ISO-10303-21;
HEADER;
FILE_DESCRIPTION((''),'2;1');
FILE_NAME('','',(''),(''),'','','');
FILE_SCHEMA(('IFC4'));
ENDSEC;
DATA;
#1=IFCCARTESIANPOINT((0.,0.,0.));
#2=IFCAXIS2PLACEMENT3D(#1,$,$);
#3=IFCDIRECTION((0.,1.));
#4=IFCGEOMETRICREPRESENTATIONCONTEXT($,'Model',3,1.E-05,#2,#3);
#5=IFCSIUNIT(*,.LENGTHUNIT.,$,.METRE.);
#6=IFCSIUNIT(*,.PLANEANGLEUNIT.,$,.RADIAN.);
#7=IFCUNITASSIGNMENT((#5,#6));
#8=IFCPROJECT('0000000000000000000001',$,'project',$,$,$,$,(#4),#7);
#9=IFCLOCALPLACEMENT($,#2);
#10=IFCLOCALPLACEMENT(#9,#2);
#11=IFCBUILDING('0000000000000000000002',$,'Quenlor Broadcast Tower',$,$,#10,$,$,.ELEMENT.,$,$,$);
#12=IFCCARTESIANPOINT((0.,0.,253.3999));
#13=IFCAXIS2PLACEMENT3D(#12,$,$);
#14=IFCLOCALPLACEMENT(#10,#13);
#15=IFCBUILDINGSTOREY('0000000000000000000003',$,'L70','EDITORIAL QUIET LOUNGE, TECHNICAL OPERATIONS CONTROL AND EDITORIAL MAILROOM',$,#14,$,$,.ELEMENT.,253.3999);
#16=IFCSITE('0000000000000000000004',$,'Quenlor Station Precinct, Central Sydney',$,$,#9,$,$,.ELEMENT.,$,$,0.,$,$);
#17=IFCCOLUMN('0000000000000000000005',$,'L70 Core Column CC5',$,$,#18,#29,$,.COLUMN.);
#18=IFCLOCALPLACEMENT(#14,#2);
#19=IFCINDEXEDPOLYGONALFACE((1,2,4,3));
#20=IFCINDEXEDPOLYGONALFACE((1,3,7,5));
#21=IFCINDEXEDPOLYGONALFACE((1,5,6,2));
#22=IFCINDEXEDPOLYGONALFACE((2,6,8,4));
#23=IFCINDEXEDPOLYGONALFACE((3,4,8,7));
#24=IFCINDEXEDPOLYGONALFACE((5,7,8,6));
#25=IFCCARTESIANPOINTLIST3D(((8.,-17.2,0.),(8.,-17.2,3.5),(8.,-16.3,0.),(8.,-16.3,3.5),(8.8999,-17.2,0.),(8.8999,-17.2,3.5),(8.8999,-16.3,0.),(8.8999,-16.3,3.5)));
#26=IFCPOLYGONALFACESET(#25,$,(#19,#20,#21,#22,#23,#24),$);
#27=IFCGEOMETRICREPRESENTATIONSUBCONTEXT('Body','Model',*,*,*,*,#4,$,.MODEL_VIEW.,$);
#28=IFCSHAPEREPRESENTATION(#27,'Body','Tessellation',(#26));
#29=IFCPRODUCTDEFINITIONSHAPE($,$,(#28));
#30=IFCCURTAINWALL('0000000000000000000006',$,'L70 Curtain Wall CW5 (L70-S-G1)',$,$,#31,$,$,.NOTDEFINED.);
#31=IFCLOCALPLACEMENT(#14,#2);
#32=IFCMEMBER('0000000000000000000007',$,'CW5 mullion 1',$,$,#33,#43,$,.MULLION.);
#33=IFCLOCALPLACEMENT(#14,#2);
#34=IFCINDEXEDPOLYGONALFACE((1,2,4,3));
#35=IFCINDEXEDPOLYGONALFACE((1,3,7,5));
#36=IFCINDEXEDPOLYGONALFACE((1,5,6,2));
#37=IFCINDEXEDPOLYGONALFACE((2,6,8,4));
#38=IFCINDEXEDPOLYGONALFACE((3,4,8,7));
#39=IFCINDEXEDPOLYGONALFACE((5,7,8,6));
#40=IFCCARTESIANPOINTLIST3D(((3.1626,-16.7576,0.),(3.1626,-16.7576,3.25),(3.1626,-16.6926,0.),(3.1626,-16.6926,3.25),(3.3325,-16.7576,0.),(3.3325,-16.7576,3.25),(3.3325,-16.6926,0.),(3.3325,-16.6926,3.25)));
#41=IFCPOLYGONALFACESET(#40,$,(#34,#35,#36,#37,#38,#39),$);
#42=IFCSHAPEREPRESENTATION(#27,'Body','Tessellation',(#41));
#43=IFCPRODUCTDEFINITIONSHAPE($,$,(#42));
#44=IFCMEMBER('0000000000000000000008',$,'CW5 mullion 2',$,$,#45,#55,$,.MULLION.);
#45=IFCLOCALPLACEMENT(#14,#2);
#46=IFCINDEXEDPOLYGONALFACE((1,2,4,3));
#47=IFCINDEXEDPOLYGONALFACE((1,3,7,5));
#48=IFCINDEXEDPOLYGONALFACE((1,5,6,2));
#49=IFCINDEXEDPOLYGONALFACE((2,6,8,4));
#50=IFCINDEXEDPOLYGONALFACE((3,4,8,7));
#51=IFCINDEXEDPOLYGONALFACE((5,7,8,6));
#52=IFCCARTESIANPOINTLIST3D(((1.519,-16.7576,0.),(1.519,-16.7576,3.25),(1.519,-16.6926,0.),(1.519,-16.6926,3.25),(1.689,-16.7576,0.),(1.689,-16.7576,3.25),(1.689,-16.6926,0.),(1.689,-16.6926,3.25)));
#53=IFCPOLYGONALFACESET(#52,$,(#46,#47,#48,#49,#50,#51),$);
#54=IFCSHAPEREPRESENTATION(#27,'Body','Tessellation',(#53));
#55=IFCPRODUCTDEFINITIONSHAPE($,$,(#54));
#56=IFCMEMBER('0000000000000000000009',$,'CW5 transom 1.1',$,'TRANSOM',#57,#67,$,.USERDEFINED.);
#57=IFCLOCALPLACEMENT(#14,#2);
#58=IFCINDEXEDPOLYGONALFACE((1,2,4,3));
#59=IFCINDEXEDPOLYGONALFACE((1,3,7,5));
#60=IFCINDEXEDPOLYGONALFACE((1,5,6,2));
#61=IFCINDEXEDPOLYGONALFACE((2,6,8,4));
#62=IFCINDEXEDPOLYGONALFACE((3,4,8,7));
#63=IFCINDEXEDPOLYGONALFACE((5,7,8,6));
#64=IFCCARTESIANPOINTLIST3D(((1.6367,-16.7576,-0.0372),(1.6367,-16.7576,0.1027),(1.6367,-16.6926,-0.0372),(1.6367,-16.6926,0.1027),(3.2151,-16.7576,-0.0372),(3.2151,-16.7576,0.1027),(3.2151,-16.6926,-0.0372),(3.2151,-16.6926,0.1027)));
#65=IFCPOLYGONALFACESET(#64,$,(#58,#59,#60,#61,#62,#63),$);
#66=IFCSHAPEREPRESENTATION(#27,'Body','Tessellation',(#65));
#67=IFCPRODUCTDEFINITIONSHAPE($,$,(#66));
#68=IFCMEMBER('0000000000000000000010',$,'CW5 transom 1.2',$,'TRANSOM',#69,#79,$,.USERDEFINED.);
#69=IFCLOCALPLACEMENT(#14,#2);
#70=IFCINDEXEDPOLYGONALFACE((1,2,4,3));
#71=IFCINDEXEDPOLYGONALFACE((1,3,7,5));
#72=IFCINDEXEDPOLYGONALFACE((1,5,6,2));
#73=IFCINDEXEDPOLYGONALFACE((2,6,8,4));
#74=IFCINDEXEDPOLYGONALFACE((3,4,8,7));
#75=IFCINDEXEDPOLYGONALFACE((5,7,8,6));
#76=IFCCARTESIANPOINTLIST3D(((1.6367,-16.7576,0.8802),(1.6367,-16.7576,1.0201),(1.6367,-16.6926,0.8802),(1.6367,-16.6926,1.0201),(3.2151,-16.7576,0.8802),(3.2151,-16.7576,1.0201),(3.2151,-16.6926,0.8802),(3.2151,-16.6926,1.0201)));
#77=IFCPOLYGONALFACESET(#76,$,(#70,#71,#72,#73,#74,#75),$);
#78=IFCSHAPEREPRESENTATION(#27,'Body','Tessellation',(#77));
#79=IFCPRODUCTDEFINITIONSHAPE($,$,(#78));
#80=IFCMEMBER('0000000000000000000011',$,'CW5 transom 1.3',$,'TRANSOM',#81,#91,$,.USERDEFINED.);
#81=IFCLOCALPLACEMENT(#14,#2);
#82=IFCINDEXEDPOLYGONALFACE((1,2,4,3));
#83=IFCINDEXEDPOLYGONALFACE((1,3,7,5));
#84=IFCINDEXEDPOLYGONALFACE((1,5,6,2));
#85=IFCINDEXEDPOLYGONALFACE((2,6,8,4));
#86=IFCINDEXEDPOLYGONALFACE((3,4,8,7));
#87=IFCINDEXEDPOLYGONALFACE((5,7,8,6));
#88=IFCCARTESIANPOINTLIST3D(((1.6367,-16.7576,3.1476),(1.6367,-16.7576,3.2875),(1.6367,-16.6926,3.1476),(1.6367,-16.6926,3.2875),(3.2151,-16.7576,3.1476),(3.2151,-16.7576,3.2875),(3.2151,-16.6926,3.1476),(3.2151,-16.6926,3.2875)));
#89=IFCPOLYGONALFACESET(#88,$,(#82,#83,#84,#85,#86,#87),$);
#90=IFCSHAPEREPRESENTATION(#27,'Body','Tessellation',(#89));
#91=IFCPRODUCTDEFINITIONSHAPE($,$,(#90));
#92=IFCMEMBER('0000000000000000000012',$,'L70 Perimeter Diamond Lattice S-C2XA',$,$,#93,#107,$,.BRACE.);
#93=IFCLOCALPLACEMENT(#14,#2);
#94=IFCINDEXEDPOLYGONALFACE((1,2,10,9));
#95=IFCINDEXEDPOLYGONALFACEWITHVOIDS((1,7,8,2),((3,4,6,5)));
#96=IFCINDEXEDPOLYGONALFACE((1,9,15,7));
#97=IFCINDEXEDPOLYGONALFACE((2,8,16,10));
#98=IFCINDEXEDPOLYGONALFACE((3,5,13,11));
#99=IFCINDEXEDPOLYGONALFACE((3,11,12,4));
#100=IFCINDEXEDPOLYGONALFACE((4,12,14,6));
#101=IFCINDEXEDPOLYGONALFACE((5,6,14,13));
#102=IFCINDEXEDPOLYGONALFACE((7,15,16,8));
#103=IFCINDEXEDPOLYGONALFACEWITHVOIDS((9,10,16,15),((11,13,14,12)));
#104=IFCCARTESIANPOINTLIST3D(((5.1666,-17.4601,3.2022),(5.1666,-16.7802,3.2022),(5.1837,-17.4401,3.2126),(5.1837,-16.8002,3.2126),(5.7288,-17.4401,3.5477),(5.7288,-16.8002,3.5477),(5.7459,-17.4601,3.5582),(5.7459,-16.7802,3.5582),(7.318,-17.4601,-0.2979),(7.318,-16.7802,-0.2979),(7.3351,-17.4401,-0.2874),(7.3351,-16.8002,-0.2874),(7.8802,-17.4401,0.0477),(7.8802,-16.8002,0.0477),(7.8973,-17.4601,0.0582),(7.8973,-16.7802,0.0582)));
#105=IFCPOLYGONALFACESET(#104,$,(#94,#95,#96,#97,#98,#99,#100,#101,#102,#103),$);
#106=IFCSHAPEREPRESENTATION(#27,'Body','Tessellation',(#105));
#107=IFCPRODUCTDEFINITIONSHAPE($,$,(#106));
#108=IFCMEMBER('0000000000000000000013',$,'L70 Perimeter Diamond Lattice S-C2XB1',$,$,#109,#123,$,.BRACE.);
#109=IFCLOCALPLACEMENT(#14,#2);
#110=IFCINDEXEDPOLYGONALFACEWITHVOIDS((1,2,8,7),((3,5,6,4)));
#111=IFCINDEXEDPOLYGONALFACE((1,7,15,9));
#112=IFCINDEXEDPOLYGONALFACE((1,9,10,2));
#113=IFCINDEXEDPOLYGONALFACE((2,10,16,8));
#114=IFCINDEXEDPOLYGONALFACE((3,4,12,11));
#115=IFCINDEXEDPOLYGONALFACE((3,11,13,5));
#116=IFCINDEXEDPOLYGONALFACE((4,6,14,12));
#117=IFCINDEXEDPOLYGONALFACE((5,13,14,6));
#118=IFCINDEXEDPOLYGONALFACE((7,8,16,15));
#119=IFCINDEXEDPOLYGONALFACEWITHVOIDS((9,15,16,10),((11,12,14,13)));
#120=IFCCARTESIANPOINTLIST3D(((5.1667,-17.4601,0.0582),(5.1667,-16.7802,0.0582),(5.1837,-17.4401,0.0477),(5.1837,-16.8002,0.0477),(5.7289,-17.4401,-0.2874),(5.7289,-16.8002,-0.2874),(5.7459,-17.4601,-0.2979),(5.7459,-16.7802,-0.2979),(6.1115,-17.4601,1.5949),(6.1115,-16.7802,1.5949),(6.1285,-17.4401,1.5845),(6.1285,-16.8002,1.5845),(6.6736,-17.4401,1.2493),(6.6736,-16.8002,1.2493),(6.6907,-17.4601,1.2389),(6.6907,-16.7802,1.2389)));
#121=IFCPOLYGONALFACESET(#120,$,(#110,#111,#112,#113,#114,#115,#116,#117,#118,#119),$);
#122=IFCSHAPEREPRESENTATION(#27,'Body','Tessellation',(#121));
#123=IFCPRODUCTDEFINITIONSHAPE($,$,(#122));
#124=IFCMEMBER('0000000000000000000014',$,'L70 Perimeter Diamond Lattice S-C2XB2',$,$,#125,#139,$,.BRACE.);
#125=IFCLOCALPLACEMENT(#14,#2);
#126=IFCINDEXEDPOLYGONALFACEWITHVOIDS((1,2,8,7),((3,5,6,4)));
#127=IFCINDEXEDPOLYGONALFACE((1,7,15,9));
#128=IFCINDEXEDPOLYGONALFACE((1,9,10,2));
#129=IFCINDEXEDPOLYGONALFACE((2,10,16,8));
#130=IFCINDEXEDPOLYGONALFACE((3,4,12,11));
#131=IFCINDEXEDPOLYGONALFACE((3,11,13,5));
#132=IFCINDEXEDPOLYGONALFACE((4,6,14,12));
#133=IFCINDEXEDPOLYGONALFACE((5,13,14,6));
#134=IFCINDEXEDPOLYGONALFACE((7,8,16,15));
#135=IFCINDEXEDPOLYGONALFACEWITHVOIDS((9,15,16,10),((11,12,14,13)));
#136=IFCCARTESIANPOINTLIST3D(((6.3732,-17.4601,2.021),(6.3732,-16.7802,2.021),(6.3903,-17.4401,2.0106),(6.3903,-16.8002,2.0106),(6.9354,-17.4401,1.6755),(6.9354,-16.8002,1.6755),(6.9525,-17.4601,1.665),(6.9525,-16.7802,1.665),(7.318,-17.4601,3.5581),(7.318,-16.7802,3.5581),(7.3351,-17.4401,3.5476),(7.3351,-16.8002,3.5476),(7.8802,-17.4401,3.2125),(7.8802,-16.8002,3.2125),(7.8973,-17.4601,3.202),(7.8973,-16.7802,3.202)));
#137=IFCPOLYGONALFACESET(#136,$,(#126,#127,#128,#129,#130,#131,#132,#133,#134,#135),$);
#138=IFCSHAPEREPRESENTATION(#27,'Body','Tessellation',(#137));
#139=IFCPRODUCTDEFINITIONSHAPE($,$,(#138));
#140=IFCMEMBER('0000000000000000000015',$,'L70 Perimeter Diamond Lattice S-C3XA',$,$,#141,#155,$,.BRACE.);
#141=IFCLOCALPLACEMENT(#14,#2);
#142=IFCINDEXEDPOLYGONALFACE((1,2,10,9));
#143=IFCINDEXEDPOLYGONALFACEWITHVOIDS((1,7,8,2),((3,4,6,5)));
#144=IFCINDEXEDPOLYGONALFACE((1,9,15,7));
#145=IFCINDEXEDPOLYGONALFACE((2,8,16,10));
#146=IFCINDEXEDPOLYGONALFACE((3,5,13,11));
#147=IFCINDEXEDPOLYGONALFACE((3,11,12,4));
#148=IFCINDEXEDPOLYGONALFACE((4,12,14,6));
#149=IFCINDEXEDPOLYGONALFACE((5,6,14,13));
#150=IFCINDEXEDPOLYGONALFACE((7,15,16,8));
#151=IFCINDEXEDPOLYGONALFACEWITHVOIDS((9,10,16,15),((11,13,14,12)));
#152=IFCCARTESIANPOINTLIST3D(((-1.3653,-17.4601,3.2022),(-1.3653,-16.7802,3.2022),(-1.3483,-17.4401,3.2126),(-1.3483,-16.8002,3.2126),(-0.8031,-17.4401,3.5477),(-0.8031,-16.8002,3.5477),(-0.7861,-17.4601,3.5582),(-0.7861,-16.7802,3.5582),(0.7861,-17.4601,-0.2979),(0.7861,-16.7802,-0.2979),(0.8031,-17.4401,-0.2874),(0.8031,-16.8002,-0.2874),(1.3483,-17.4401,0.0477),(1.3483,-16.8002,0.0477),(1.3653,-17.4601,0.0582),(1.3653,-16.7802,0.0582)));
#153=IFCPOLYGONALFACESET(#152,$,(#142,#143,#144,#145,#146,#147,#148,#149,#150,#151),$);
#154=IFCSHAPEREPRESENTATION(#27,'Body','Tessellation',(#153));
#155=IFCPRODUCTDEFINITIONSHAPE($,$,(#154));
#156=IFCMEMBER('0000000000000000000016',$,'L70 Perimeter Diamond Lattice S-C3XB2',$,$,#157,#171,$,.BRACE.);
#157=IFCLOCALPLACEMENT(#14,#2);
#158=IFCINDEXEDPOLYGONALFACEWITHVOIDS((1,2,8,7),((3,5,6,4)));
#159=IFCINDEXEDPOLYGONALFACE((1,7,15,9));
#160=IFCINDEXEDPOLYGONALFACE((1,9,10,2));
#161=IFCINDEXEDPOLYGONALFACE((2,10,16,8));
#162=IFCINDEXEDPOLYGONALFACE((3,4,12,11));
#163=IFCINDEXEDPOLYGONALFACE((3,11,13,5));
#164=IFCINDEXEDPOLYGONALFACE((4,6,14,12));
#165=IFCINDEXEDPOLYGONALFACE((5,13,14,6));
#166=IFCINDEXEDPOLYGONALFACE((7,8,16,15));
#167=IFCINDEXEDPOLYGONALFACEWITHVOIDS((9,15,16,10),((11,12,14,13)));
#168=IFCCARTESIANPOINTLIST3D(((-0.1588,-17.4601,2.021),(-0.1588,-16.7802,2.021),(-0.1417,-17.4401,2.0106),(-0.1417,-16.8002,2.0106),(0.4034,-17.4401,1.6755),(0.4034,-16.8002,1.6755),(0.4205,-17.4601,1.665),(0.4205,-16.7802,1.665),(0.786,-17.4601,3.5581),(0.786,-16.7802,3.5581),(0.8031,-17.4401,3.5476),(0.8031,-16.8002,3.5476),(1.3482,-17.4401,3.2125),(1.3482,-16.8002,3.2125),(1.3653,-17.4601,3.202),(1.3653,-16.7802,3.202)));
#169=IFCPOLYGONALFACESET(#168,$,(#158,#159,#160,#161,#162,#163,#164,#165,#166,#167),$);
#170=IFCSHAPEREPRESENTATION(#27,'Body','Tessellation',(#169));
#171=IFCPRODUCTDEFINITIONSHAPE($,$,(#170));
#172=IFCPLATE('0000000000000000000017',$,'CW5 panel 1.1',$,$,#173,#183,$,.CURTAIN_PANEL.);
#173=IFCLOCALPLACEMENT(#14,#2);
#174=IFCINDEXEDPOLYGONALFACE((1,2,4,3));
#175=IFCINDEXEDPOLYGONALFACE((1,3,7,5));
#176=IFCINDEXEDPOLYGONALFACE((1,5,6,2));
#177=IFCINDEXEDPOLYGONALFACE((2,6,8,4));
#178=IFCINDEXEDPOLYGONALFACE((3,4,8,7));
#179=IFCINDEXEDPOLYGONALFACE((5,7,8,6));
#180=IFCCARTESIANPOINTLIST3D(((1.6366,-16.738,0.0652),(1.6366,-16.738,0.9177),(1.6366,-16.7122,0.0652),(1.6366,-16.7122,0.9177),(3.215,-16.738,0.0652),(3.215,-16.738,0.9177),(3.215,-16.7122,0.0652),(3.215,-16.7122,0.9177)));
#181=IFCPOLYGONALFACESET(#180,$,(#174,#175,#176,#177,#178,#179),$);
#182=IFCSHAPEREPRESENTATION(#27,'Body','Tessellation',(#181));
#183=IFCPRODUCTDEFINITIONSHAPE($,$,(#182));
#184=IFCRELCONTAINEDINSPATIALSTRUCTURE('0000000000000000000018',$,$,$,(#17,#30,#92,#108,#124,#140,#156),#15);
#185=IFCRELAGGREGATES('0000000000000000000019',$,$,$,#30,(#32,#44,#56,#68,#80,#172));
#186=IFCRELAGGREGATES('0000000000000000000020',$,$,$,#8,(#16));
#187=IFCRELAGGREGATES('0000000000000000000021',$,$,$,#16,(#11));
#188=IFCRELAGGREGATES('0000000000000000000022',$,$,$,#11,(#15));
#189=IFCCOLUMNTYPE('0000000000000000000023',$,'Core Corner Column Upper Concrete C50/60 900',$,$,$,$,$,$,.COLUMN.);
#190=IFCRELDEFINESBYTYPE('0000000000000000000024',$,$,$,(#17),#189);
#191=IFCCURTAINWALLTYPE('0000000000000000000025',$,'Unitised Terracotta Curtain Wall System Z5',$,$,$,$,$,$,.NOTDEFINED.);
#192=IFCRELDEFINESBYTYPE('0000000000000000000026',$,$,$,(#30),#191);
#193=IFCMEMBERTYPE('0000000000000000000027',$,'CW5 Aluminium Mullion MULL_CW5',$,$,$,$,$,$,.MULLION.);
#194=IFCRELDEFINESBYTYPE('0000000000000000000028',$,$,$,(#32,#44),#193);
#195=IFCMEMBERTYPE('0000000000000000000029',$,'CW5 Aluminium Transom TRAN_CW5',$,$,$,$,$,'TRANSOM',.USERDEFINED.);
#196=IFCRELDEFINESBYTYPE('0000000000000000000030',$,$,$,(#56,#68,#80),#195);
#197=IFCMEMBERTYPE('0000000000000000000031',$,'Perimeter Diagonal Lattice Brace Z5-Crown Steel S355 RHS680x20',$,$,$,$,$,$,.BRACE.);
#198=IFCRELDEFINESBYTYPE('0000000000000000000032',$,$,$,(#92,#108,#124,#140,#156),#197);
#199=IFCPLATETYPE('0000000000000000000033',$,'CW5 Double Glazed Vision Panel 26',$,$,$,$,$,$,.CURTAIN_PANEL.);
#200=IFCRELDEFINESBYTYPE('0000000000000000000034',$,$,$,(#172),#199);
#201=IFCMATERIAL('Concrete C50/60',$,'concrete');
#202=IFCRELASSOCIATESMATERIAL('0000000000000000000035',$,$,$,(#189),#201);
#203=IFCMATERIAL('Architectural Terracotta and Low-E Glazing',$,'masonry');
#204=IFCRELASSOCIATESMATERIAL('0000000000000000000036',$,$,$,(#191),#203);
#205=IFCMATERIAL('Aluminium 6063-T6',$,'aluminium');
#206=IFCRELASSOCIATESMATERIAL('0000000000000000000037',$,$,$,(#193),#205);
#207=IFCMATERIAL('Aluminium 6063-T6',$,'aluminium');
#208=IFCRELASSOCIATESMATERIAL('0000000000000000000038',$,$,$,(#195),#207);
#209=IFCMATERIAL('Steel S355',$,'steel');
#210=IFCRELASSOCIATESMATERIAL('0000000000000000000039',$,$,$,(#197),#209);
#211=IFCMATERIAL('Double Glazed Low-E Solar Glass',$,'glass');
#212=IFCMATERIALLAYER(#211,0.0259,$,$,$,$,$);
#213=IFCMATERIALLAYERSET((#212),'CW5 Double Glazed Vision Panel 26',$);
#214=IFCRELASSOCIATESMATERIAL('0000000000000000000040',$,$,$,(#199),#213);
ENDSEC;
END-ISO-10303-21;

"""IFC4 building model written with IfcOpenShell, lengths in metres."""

from ifc_helpers import new_model, si_unit, direction, frame, origin, origin_2d, place, context, subcontext, project, spatial, rectangle, hollow_rectangle, extrude, material, layer, layer_set, material_profile, profile_set, type_object, element, aggregate, save


model = new_model("IFC4")

# Units and contexts
model_context = context("Model", 3, precision=1e-05, world=origin(), true_north=direction((0.0, 1.0)))
body_context = subcontext(model_context, "Body", "Model", "MODEL_VIEW")
ifc_project = project(units=[si_unit("LENGTHUNIT", "METRE"), si_unit("PLANEANGLEUNIT", "RADIAN")], contexts=[model_context])

# Site, building, storey
site_placement = place(None, origin())
site = spatial("IfcSite", under=ifc_project, at=site_placement, Name="Quenlor Station Precinct, Central Sydney", CompositionType="ELEMENT", RefElevation=0.0)
building_placement = place(site_placement, origin())
building = spatial("IfcBuilding", under=site, at=building_placement, Name="Quenlor Broadcast Tower", CompositionType="ELEMENT")
storey_placement = place(building_placement, frame((0.0, 0.0, 253.3999)))
storey = spatial("IfcBuildingStorey", under=building, at=storey_placement, Name="L70", Description="EDITORIAL QUIET LOUNGE, TECHNICAL OPERATIONS CONTROL AND EDITORIAL MAILROOM", CompositionType="ELEMENT", Elevation=253.3999)

# Column
ifc_material_1 = material(Name="Concrete C50/60", Category="concrete")
ifc_material_profile_1 = material_profile(ifc_material_1, rectangle(XDim=0.8999, YDim=0.8999, at=origin_2d()))
ifc_profile_set_1 = profile_set([ifc_material_profile_1], Name="Concrete C50/60 RC900x900")
column_type = type_object("IfcColumnType", Name="Core Corner Column Upper Concrete C50/60 900", PredefinedType="COLUMN", material=ifc_profile_set_1)
column_placement = place(storey_placement, frame((8.45, -16.75, 0.0), z_axis=(0.0, 0.0, 1.0), x_axis=(1.0, 0.0, 0.0)))
element("IfcColumn", 1, at=column_placement, inside=storey, type_object=column_type, Name="L70 Core Column CC5", PredefinedType="COLUMN", context=body_context, shape_type="SweptSolid", body=[
    extrude(rectangle(XDim=0.8999, YDim=0.8999, at=origin_2d()), origin(), (0.0, 0.0, 1.0), 3.5),
])

# Curtain wall, members
ifc_material_2 = material(Name="Architectural Terracotta and Low-E Glazing", Category="masonry")
curtain_wall_type = type_object("IfcCurtainWallType", Name="Unitised Terracotta Curtain Wall System Z5", PredefinedType="NOTDEFINED", material=ifc_material_2)
curtain_wall_placement = place(storey_placement, origin())
curtain_wall = element("IfcCurtainWall", 2, at=curtain_wall_placement, inside=storey, type_object=curtain_wall_type, Name="L70 Curtain Wall CW5 (L70-S-G1)", PredefinedType="NOTDEFINED")
ifc_material_3 = material(Name="Aluminium 6063-T6", Category="aluminium")
ifc_material_profile_2 = material_profile(ifc_material_3, rectangle(XDim=0.0649, YDim=0.1699, at=origin_2d()))
ifc_profile_set_2 = profile_set([ifc_material_profile_2], Name="Aluminium 6063-T6 MULL65x170")
member_type_1 = type_object("IfcMemberType", Name="CW5 Aluminium Mullion MULL_CW5", PredefinedType="MULLION", material=ifc_profile_set_2)
member_1_placement = place(storey_placement, frame((3.2476, -16.7251, 0.0), z_axis=(0.0, 0.0, 1.0), x_axis=(0.0, -1.0, 0.0)))
member_1 = element("IfcMember", 3, at=member_1_placement, type_object=member_type_1, Name="CW5 mullion 1", PredefinedType="MULLION", context=body_context, shape_type="SweptSolid", body=[
    extrude(rectangle(XDim=0.0649, YDim=0.1699, at=origin_2d()), origin(), (0.0, 0.0, 1.0), 3.25),
])
member_2_placement = place(storey_placement, frame((1.604, -16.7251, 0.0), z_axis=(0.0, 0.0, 1.0), x_axis=(0.0, -1.0, 0.0)))
member_2 = element("IfcMember", 4, at=member_2_placement, type_object=member_type_1, Name="CW5 mullion 2", PredefinedType="MULLION", context=body_context, shape_type="SweptSolid", body=[
    extrude(rectangle(XDim=0.0649, YDim=0.1699, at=origin_2d()), origin(), (0.0, 0.0, 1.0), 3.25),
])
ifc_material_4 = material(Name="Aluminium 6063-T6", Category="aluminium")
ifc_material_profile_3 = material_profile(ifc_material_4, rectangle(XDim=0.0649, YDim=0.1399, at=origin_2d()))
ifc_profile_set_3 = profile_set([ifc_material_profile_3], Name="Aluminium 6063-T6 TRAN65x140")
member_type_2 = type_object("IfcMemberType", Name="CW5 Aluminium Transom TRAN_CW5", ElementType="TRANSOM", PredefinedType="USERDEFINED", material=ifc_profile_set_3)
member_3_placement = place(storey_placement, frame((3.2151, -16.7251, 0.0327), z_axis=(-1.0, 0.0, 0.0), x_axis=(0.0, -1.0, 0.0)))
member_3 = element("IfcMember", 5, at=member_3_placement, type_object=member_type_2, Name="CW5 transom 1.1", ObjectType="TRANSOM", PredefinedType="USERDEFINED", context=body_context, shape_type="SweptSolid", body=[
    extrude(rectangle(XDim=0.0649, YDim=0.1399, at=origin_2d()), origin(), (0.0, 0.0, 1.0), 1.5784),
])
member_4_placement = place(storey_placement, frame((3.2151, -16.7251, 0.9502), z_axis=(-1.0, 0.0, 0.0), x_axis=(0.0, -1.0, 0.0)))
member_4 = element("IfcMember", 6, at=member_4_placement, type_object=member_type_2, Name="CW5 transom 1.2", ObjectType="TRANSOM", PredefinedType="USERDEFINED", context=body_context, shape_type="SweptSolid", body=[
    extrude(rectangle(XDim=0.0649, YDim=0.1399, at=origin_2d()), origin(), (0.0, 0.0, 1.0), 1.5784),
])
member_5_placement = place(storey_placement, frame((3.2151, -16.7251, 3.2175), z_axis=(-1.0, 0.0, 0.0), x_axis=(0.0, -1.0, 0.0)))
member_5 = element("IfcMember", 7, at=member_5_placement, type_object=member_type_2, Name="CW5 transom 1.3", ObjectType="TRANSOM", PredefinedType="USERDEFINED", context=body_context, shape_type="SweptSolid", body=[
    extrude(rectangle(XDim=0.0649, YDim=0.1399, at=origin_2d()), origin(), (0.0, 0.0, 1.0), 1.5784),
])

# Members
ifc_material_5 = material(Name="Steel S355", Category="steel")
ifc_material_profile_4 = material_profile(ifc_material_5, hollow_rectangle(XDim=0.6799, YDim=0.6799, WallThickness=0.02, at=origin_2d()))
ifc_profile_set_4 = profile_set([ifc_material_profile_4], Name="Steel S355 RHS680x680x20")
member_type_3 = type_object("IfcMemberType", Name="Perimeter Diagonal Lattice Brace Z5-Crown Steel S355 RHS680x20", PredefinedType="BRACE", material=ifc_profile_set_4)
member_6_placement = place(storey_placement, frame((7.6077, -17.1201, -0.1199), z_axis=(-0.52366, 0.0, 0.851928), x_axis=(0.0, -1.0, 0.0)))
element("IfcMember", 8, at=member_6_placement, inside=storey, type_object=member_type_3, Name="L70 Perimeter Diamond Lattice S-C2XA", PredefinedType="BRACE", context=body_context, shape_type="SweptSolid", body=[
    extrude(hollow_rectangle(XDim=0.6799, YDim=0.6799, WallThickness=0.02, at=origin_2d()), origin(), (0.0, 0.0, 1.0), 4.1084),
])
member_7_placement = place(storey_placement, frame((5.4563, -17.1201, -0.1199), z_axis=(0.52372, 0.0, 0.851891), x_axis=(0.0, 1.0, 0.0)))
element("IfcMember", 9, at=member_7_placement, inside=storey, type_object=member_type_3, Name="L70 Perimeter Diamond Lattice S-C2XB1", PredefinedType="BRACE", context=body_context, shape_type="SweptSolid", body=[
    extrude(hollow_rectangle(XDim=0.6799, YDim=0.6799, WallThickness=0.02, at=origin_2d()), origin(), (0.0, 0.0, 1.0), 1.804),
])
member_8_placement = place(storey_placement, frame((6.6628, -17.1201, 1.843), z_axis=(0.523659, 0.0, 0.851928), x_axis=(0.0, 1.0, 0.0)))
element("IfcMember", 10, at=member_8_placement, inside=storey, type_object=member_type_3, Name="L70 Perimeter Diamond Lattice S-C2XB2", PredefinedType="BRACE", context=body_context, shape_type="SweptSolid", body=[
    extrude(hollow_rectangle(XDim=0.6799, YDim=0.6799, WallThickness=0.02, at=origin_2d()), origin(), (0.0, 0.0, 1.0), 1.8042),
])
member_9_placement = place(storey_placement, frame((1.0757, -17.1201, -0.1199), z_axis=(-0.52366, 0.0, 0.851928), x_axis=(0.0, -1.0, 0.0)))
element("IfcMember", 11, at=member_9_placement, inside=storey, type_object=member_type_3, Name="L70 Perimeter Diamond Lattice S-C3XA", PredefinedType="BRACE", context=body_context, shape_type="SweptSolid", body=[
    extrude(hollow_rectangle(XDim=0.6799, YDim=0.6799, WallThickness=0.02, at=origin_2d()), origin(), (0.0, 0.0, 1.0), 4.1084),
])
member_10_placement = place(storey_placement, frame((0.1309, -17.1201, 1.843), z_axis=(0.523659, 0.0, 0.851928), x_axis=(0.0, 1.0, 0.0)))
element("IfcMember", 12, at=member_10_placement, inside=storey, type_object=member_type_3, Name="L70 Perimeter Diamond Lattice S-C3XB2", PredefinedType="BRACE", context=body_context, shape_type="SweptSolid", body=[
    extrude(hollow_rectangle(XDim=0.6799, YDim=0.6799, WallThickness=0.02, at=origin_2d()), origin(), (0.0, 0.0, 1.0), 1.8042),
])

# Plate
ifc_material_6 = material(Name="Double Glazed Low-E Solar Glass", Category="glass")
ifc_layer_1 = layer(ifc_material_6, 0.0259)
ifc_layer_set_1 = layer_set([ifc_layer_1], Name="CW5 Double Glazed Vision Panel 26")
plate_type_1 = type_object("IfcPlateType", Name="CW5 Double Glazed Vision Panel 26", PredefinedType="CURTAIN_PANEL", material=ifc_layer_set_1)
plate_1_placement = place(storey_placement, frame((2.4258, -16.7251, 0.0652), z_axis=(0.0, 0.0, 1.0), x_axis=(-1.0, 0.0, 0.0)))
plate_1 = element("IfcPlate", 13, at=plate_1_placement, type_object=plate_type_1, Name="CW5 panel 1.1", PredefinedType="CURTAIN_PANEL", context=body_context, shape_type="SweptSolid", body=[
    extrude(rectangle(XDim=1.5784, YDim=0.0259, at=origin_2d()), origin(), (0.0, 0.0, 1.0), 0.8525),
])
aggregate(curtain_wall, [member_1, member_2, member_3, member_4, member_5, plate_1])

save(model, "model.ifc")
